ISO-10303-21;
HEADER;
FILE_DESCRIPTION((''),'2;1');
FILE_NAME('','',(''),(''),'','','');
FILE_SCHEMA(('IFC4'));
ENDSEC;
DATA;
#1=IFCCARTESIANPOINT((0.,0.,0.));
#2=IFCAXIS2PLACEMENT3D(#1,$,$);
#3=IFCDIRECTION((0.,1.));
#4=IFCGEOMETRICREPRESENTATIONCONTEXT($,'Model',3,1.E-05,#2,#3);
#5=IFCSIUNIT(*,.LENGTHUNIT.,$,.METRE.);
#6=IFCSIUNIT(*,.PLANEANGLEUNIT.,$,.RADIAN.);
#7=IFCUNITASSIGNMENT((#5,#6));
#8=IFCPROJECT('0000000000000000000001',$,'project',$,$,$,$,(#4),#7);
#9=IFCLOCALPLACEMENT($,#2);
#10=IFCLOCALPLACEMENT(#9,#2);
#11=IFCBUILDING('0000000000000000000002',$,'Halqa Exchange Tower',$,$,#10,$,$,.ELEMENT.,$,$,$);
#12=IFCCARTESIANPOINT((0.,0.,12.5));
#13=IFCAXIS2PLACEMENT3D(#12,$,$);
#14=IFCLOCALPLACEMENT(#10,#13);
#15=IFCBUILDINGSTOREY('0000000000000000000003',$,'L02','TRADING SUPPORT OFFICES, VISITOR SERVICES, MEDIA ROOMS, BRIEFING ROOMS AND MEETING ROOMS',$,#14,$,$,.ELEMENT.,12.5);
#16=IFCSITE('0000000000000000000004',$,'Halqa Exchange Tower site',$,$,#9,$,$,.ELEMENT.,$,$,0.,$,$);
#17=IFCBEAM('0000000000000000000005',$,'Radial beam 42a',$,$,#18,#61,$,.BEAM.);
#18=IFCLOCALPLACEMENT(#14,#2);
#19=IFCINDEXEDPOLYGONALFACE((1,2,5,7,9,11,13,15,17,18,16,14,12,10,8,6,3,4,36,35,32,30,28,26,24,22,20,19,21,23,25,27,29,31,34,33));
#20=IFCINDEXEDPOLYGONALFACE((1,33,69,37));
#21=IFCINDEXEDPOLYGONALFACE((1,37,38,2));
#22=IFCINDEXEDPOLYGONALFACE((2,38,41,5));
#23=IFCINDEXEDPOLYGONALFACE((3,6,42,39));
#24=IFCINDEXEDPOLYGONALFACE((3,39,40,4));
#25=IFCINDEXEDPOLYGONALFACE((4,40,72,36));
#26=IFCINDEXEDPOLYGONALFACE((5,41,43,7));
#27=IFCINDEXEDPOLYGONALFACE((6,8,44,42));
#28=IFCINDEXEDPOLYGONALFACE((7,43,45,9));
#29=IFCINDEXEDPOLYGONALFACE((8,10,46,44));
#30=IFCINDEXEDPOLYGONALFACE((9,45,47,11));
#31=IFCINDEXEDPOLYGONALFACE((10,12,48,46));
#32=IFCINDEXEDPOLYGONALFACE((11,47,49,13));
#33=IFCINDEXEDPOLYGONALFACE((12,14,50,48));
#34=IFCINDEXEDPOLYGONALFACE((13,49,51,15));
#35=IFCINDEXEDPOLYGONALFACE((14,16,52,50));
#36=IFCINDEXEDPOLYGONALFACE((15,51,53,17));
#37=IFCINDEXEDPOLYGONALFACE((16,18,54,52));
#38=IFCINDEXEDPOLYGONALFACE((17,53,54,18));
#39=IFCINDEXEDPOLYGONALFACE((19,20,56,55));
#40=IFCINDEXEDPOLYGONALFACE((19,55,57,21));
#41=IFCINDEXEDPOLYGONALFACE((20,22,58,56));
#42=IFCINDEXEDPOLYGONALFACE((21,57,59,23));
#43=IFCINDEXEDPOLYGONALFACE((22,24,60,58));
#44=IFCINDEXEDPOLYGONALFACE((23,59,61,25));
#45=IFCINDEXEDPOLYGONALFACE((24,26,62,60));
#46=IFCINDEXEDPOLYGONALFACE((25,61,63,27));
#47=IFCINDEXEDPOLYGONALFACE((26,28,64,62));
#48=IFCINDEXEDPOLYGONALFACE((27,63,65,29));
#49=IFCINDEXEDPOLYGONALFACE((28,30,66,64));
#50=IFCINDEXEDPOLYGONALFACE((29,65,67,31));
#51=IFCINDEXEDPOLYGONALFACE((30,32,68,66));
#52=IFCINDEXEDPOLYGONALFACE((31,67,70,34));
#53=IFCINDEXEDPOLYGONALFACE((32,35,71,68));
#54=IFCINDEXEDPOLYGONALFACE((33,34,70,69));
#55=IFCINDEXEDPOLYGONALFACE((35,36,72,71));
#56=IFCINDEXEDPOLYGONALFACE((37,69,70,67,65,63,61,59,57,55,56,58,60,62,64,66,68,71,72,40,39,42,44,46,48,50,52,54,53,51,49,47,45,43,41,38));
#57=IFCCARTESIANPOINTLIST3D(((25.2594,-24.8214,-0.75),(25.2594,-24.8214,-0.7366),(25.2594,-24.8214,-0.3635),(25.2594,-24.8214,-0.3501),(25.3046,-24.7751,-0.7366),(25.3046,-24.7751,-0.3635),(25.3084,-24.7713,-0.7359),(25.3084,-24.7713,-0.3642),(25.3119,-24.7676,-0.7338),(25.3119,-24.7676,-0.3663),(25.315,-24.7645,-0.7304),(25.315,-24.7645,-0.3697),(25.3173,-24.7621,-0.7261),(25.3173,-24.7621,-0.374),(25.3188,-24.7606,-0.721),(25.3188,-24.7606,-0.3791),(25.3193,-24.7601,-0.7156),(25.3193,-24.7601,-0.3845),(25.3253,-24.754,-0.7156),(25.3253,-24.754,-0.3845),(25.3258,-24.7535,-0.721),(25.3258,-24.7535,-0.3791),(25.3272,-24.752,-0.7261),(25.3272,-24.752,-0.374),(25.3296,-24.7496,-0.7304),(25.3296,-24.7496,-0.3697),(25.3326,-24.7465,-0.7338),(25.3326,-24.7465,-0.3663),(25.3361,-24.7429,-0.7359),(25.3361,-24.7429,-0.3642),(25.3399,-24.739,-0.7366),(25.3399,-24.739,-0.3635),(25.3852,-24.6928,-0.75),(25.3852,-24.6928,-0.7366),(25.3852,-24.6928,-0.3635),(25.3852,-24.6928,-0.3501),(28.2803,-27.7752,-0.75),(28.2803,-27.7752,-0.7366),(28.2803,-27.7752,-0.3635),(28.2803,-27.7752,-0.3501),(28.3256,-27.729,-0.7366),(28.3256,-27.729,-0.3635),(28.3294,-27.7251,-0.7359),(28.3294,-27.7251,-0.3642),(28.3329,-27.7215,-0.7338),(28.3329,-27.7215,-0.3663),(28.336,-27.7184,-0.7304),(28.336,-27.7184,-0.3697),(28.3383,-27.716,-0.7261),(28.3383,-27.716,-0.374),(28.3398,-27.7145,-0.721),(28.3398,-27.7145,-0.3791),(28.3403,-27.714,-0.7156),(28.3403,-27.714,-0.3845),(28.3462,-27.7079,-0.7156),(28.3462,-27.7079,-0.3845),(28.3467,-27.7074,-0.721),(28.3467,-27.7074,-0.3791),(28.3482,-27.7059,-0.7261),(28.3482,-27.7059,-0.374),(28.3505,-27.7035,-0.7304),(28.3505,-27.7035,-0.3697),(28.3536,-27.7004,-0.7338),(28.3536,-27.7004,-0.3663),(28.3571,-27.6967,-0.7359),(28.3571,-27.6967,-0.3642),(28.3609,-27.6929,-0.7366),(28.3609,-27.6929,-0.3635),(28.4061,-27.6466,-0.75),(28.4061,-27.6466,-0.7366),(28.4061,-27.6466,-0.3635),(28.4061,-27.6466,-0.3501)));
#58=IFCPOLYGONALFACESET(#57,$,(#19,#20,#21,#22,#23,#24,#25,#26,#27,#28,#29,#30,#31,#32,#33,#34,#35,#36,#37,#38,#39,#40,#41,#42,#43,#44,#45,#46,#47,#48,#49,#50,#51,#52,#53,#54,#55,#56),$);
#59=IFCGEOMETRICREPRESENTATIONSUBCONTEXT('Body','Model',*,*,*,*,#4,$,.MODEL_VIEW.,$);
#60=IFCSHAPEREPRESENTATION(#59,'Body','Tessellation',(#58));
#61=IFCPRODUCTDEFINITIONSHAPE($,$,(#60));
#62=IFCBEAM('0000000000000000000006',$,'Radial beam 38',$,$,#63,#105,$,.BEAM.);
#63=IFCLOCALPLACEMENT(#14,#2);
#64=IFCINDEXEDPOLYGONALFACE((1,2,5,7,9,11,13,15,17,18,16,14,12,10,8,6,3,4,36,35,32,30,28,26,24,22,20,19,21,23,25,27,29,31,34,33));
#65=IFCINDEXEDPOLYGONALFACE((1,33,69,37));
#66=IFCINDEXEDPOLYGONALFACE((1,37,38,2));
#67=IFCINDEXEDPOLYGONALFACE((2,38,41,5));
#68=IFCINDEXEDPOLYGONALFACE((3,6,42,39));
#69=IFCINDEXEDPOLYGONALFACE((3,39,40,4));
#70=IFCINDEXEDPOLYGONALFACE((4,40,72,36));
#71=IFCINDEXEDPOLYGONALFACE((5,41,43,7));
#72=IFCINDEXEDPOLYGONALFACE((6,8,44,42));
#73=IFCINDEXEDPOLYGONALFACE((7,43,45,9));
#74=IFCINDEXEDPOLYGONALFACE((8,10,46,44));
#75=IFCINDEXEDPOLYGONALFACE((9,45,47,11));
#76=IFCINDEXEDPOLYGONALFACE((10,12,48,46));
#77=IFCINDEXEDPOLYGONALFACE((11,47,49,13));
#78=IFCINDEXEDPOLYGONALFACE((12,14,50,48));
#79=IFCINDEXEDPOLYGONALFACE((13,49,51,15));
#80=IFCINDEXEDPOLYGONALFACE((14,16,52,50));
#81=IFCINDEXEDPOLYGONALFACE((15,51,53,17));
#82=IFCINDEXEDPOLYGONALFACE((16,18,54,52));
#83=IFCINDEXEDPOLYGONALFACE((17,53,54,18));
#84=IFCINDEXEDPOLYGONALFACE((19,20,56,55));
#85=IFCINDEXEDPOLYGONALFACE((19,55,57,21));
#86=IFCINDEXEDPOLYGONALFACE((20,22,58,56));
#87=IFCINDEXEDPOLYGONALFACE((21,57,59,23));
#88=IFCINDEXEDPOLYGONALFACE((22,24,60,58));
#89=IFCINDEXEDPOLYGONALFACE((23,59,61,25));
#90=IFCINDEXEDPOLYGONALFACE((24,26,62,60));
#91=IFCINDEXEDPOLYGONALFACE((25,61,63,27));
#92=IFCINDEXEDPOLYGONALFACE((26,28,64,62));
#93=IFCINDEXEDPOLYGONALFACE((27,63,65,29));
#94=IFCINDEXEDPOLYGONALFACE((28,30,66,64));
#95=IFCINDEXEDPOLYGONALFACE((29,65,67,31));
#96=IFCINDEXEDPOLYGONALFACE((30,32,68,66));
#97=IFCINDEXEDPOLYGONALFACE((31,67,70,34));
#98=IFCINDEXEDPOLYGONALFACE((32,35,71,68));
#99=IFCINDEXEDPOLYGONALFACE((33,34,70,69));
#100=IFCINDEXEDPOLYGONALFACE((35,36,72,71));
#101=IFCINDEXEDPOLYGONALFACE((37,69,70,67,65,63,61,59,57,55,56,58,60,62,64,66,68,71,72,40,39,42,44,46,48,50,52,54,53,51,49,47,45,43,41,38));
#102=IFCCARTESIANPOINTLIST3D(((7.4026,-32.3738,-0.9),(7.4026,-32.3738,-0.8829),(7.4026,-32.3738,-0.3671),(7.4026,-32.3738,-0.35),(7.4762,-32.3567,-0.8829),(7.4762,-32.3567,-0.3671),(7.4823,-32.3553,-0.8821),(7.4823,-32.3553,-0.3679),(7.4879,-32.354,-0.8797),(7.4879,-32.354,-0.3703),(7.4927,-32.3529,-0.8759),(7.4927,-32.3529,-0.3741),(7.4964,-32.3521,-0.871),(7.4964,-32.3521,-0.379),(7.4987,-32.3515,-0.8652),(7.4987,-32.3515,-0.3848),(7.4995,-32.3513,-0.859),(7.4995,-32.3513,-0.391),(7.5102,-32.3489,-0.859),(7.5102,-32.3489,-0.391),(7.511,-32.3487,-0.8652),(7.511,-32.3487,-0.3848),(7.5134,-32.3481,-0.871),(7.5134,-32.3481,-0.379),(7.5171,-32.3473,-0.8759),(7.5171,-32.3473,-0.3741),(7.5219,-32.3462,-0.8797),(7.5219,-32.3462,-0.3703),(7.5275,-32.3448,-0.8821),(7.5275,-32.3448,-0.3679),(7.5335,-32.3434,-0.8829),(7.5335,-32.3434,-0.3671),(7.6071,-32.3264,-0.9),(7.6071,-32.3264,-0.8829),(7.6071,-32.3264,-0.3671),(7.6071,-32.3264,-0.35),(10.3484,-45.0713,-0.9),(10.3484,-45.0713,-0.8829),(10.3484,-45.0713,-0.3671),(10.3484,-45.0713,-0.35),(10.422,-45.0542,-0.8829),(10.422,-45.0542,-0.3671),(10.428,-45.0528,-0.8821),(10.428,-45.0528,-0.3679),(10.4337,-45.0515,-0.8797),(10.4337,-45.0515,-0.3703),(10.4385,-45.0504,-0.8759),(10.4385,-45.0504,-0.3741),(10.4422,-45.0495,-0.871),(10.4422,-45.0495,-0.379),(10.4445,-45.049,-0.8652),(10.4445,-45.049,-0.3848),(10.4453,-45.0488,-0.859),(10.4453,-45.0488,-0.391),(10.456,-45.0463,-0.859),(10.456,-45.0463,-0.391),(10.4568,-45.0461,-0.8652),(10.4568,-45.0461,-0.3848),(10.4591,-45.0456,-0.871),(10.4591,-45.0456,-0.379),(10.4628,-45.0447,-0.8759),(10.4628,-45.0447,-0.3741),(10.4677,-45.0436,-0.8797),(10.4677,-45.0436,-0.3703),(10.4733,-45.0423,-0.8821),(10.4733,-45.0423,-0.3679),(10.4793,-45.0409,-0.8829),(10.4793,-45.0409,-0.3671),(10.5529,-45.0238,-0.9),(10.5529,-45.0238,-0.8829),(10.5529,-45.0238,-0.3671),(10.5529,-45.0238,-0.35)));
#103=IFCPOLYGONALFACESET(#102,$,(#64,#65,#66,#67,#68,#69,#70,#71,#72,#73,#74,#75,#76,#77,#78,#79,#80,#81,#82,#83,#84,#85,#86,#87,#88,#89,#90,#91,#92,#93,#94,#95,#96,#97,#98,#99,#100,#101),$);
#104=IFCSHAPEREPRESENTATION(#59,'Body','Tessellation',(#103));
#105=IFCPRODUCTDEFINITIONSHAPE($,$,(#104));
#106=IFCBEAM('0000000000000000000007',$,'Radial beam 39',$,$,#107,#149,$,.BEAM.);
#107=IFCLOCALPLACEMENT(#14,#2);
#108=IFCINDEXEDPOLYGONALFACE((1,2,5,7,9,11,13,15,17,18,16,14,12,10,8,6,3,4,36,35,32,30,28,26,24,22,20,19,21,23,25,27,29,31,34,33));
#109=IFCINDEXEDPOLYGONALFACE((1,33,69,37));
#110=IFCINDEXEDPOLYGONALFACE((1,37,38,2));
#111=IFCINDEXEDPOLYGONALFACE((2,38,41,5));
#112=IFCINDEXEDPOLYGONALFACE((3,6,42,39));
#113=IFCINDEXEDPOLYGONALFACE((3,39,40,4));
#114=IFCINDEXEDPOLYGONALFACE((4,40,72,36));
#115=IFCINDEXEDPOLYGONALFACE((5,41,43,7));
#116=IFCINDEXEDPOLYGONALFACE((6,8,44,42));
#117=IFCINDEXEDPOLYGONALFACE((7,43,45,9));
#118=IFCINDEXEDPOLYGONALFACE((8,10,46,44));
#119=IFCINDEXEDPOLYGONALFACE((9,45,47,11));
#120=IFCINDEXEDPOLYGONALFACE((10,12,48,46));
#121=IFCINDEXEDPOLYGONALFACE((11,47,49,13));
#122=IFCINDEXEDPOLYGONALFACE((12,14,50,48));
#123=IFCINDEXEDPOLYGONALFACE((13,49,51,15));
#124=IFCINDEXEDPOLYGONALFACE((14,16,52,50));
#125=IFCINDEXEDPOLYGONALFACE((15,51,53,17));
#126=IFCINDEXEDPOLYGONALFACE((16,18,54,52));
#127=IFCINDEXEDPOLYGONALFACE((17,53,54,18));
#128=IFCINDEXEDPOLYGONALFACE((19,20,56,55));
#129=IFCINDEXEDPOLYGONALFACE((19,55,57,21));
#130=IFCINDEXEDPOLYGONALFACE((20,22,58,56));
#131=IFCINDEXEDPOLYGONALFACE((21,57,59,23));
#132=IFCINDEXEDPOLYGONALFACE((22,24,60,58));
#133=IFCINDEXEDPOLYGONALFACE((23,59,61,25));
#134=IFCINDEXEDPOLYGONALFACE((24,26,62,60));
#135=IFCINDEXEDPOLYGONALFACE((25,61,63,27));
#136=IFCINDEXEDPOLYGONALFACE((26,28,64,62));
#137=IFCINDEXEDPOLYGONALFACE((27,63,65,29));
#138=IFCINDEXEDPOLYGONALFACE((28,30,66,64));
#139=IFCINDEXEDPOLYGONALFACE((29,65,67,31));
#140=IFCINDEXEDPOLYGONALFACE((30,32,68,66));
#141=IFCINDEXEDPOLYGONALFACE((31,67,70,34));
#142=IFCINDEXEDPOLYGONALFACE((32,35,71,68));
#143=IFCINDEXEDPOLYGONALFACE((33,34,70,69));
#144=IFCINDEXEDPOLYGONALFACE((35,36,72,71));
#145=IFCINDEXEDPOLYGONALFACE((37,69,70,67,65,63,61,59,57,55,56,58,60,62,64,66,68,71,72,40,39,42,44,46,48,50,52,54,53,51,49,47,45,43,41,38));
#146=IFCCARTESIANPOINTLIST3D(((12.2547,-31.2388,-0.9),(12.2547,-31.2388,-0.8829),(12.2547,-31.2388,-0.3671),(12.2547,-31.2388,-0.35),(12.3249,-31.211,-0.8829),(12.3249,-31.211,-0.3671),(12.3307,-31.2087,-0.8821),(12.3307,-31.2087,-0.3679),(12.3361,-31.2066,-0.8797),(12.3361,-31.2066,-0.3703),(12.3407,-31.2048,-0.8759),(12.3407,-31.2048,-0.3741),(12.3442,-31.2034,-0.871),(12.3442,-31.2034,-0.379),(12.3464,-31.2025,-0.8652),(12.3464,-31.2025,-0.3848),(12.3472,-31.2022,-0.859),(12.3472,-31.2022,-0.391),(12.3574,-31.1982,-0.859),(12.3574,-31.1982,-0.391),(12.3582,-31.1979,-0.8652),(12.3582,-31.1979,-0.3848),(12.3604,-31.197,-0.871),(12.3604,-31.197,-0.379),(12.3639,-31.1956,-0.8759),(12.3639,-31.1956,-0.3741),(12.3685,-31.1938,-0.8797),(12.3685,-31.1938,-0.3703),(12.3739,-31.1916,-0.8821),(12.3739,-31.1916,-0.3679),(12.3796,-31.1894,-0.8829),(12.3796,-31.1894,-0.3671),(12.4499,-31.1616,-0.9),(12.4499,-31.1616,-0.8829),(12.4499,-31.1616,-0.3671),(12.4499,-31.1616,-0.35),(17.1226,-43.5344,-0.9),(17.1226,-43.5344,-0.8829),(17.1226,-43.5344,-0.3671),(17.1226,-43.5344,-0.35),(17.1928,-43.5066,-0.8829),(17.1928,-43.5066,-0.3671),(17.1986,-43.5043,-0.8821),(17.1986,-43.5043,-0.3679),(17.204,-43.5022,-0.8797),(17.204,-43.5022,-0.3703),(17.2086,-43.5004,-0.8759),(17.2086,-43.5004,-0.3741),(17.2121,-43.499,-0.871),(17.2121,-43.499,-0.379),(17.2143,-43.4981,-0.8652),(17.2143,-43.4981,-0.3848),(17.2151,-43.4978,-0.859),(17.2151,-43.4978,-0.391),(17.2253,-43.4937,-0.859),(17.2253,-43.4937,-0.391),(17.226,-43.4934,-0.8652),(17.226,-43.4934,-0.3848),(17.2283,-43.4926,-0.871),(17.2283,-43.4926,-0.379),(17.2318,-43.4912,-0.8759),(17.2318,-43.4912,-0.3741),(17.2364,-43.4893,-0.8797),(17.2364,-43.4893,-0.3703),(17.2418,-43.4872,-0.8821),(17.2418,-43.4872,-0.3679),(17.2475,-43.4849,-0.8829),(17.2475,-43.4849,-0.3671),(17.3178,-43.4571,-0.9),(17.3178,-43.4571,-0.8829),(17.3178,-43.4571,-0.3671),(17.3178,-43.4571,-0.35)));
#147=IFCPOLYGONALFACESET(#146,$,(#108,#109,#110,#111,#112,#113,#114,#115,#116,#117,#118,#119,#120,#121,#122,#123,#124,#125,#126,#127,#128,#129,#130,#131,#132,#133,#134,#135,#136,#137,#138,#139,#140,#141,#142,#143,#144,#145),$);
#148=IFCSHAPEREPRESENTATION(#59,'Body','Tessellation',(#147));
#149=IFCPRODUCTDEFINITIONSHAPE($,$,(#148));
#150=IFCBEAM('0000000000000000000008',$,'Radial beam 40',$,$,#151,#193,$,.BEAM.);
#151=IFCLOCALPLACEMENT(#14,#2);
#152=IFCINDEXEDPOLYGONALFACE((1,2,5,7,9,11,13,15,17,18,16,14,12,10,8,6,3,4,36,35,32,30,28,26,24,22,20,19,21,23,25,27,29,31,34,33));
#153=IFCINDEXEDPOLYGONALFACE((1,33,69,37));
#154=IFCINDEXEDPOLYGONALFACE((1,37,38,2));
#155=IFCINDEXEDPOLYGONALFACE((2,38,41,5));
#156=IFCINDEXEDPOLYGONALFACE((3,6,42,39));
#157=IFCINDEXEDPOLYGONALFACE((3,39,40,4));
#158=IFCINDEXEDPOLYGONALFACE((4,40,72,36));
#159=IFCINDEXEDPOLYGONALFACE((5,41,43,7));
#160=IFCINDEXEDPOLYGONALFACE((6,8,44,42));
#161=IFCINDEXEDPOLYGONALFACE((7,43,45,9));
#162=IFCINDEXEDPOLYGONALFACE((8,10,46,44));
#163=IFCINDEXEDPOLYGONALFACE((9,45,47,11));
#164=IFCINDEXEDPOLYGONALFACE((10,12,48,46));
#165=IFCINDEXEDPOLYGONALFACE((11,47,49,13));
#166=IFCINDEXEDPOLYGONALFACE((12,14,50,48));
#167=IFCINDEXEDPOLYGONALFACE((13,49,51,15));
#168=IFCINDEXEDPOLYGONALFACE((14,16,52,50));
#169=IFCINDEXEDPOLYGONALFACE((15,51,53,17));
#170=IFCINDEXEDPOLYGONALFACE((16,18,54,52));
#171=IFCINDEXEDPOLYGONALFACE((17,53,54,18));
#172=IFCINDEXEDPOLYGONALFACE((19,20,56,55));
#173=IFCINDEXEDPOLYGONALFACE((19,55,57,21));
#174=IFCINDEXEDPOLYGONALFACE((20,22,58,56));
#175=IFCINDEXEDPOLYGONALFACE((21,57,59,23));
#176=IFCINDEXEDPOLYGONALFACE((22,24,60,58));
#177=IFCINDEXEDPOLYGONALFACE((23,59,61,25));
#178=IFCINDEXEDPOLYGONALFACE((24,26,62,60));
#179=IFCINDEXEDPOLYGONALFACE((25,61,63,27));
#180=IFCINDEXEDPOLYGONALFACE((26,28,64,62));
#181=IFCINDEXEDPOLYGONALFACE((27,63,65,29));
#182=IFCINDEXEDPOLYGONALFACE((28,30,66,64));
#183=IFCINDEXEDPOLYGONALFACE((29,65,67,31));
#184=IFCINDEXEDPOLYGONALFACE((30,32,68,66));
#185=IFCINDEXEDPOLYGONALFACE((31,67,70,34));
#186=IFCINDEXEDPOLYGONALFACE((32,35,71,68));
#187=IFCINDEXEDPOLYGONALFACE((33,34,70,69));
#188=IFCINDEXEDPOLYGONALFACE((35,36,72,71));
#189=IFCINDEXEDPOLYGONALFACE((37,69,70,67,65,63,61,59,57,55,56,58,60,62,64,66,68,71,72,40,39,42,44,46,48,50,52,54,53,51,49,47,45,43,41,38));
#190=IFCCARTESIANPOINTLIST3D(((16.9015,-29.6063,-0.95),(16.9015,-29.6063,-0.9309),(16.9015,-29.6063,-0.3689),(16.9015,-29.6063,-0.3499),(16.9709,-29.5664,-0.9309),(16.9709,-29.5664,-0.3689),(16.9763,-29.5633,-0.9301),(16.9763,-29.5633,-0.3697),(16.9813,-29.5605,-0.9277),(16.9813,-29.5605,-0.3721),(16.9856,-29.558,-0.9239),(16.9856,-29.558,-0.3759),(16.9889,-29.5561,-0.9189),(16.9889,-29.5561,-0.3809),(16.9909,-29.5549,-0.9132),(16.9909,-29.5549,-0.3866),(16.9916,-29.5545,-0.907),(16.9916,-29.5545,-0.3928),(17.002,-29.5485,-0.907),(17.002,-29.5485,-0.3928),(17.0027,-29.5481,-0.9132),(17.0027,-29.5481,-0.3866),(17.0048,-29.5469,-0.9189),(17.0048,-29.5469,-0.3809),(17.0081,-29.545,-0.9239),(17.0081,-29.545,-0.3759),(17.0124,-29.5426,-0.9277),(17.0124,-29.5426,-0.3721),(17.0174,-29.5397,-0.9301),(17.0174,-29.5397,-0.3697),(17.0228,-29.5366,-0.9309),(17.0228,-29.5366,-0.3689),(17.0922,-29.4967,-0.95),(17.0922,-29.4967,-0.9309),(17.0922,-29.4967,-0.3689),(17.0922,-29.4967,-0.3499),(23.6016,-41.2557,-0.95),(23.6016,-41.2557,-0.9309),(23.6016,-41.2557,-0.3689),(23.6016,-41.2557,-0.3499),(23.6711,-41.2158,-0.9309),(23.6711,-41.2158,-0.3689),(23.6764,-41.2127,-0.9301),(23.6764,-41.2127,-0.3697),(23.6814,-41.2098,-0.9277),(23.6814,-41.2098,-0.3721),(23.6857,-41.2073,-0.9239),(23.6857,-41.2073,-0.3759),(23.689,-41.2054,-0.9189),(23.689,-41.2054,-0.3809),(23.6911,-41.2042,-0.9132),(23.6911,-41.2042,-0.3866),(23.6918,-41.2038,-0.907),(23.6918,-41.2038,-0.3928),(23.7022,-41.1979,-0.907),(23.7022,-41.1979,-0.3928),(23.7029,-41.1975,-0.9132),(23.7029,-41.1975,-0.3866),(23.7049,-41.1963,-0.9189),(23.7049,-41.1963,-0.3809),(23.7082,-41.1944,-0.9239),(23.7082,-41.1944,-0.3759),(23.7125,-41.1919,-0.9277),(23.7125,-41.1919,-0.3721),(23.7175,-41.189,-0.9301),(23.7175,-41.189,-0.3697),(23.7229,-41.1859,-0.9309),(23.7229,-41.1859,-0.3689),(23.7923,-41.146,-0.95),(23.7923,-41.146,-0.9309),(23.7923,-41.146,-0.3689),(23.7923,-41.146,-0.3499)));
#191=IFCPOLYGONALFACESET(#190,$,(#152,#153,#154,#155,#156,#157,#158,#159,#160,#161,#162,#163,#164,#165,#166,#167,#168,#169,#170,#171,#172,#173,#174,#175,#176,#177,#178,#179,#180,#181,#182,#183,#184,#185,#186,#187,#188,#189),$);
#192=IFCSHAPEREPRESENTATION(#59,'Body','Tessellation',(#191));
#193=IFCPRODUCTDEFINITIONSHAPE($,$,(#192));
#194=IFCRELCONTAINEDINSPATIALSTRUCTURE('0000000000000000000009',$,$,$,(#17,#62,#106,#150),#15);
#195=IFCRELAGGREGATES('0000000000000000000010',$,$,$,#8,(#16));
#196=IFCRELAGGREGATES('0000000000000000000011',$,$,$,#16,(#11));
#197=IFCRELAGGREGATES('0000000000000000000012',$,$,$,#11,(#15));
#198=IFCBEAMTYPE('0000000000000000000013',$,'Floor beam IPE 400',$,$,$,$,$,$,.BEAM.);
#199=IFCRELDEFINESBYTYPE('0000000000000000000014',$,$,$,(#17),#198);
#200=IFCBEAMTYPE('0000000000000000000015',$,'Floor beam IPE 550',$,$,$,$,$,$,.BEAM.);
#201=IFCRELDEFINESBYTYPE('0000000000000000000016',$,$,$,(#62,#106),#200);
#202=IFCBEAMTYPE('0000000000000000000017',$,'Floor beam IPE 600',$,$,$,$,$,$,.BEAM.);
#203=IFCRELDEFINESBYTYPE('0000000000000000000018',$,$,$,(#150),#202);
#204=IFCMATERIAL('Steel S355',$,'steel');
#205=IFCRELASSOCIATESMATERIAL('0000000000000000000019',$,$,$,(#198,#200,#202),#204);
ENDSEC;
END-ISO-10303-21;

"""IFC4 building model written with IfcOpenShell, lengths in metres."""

from ifc_helpers import new_model, si_unit, direction, frame, origin, origin_2d, place, context, subcontext, project, spatial, i_section, extrude, material, material_profile, profile_set, type_object, element, save


model = new_model("IFC4")

# Units and contexts
model_context = context("Model", 3, precision=1e-05, world=origin(), true_north=direction((0.0, 1.0)))
body_context = subcontext(model_context, "Body", "Model", "MODEL_VIEW")
ifc_project = project(units=[si_unit("LENGTHUNIT", "METRE"), si_unit("PLANEANGLEUNIT", "RADIAN")], contexts=[model_context])

# Site, building, storey
site_placement = place(None, origin())
site = spatial("IfcSite", under=ifc_project, at=site_placement, Name="Halqa Exchange Tower site", CompositionType="ELEMENT", RefElevation=0.0)
building_placement = place(site_placement, origin())
building = spatial("IfcBuilding", under=site, at=building_placement, Name="Halqa Exchange Tower", CompositionType="ELEMENT")
storey_placement = place(building_placement, frame((0.0, 0.0, 12.5)))
storey = spatial("IfcBuildingStorey", under=building, at=storey_placement, Name="L02", Description="TRADING SUPPORT OFFICES, VISITOR SERVICES, MEDIA ROOMS, BRIEFING ROOMS AND MEETING ROOMS", CompositionType="ELEMENT", Elevation=12.5)

# Beams
ifc_material_1 = material(Name="Steel S355", Category="steel")
ifc_material_profile_1 = material_profile(ifc_material_1, i_section(OverallWidth=0.1799, OverallDepth=0.3999, WebThickness=0.0085, FlangeThickness=0.0134, FilletRadius=0.021, at=origin_2d()), Name="IPE 400")
ifc_profile_set_1 = profile_set([ifc_material_profile_1], Name="Steel S355")
beam_type_1 = type_object("IfcBeamType", Name="Floor beam IPE 400", PredefinedType="BEAM", material=ifc_profile_set_1)
beam_1_placement = place(storey_placement, frame((25.3223, -24.7571, -0.55), z_axis=(0.715007, -0.699117, 0.0), x_axis=(0.699117, 0.715007, 0.0)))
element("IfcBeam", 1, at=beam_1_placement, inside=storey, type_object=beam_type_1, Name="Radial beam 42a", PredefinedType="BEAM", context=body_context, shape_type="SweptSolid", body=[
    extrude(i_section(OverallWidth=0.1799, OverallDepth=0.3999, WebThickness=0.0085, FlangeThickness=0.0134, FilletRadius=0.021, at=origin_2d()), origin(), (0.0, 0.0, 1.0), 4.2251),
])
ifc_material_profile_2 = material_profile(ifc_material_1, i_section(OverallWidth=0.21, OverallDepth=0.55, WebThickness=0.011, FlangeThickness=0.0171, FilletRadius=0.0239, at=origin_2d()), Name="IPE 550")
ifc_profile_set_2 = profile_set([ifc_material_profile_2], Name="Steel S355")
beam_type_2 = type_object("IfcBeamType", Name="Floor beam IPE 550", PredefinedType="BEAM", material=ifc_profile_set_2)
beam_2_placement = place(storey_placement, frame((7.5049, -32.3501, -0.625), z_axis=(0.225996, -0.974128, 0.0), x_axis=(0.974128, 0.225996, 0.0)))
element("IfcBeam", 2, at=beam_2_placement, inside=storey, type_object=beam_type_2, Name="Radial beam 38", PredefinedType="BEAM", context=body_context, shape_type="SweptSolid", body=[
    extrude(i_section(OverallWidth=0.21, OverallDepth=0.55, WebThickness=0.011, FlangeThickness=0.0171, FilletRadius=0.0239, at=origin_2d()), origin(), (0.0, 0.0, 1.0), 13.0347),
])
beam_3_placement = place(storey_placement, frame((12.3523, -31.2002, -0.625), z_axis=(0.368107, -0.929784, 0.0), x_axis=(0.929784, 0.368107, 0.0)))
element("IfcBeam", 3, at=beam_3_placement, inside=storey, type_object=beam_type_2, Name="Radial beam 39", PredefinedType="BEAM", context=body_context, shape_type="SweptSolid", body=[
    extrude(i_section(OverallWidth=0.21, OverallDepth=0.55, WebThickness=0.011, FlangeThickness=0.0171, FilletRadius=0.0239, at=origin_2d()), origin(), (0.0, 0.0, 1.0), 13.2241),
])
ifc_material_profile_3 = material_profile(ifc_material_1, i_section(OverallWidth=0.22, OverallDepth=0.6001, WebThickness=0.012, FlangeThickness=0.019, FilletRadius=0.0239, at=origin_2d()), Name="IPE 600")
ifc_profile_set_3 = profile_set([ifc_material_profile_3], Name="Steel S355")
beam_type_3 = type_object("IfcBeamType", Name="Floor beam IPE 600", PredefinedType="BEAM", material=ifc_profile_set_3)
beam_4_placement = place(storey_placement, frame((16.9968, -29.5515, -0.6499), z_axis=(0.498571, -0.866849, 0.0), x_axis=(0.866849, 0.498571, 0.0)))
element("IfcBeam", 4, at=beam_4_placement, inside=storey, type_object=beam_type_3, Name="Radial beam 40", PredefinedType="BEAM", context=body_context, shape_type="SweptSolid", body=[
    extrude(i_section(OverallWidth=0.22, OverallDepth=0.6001, WebThickness=0.012, FlangeThickness=0.019, FilletRadius=0.0239, at=origin_2d()), origin(), (0.0, 0.0, 1.0), 13.4387),
])

save(model, "model.ifc")
